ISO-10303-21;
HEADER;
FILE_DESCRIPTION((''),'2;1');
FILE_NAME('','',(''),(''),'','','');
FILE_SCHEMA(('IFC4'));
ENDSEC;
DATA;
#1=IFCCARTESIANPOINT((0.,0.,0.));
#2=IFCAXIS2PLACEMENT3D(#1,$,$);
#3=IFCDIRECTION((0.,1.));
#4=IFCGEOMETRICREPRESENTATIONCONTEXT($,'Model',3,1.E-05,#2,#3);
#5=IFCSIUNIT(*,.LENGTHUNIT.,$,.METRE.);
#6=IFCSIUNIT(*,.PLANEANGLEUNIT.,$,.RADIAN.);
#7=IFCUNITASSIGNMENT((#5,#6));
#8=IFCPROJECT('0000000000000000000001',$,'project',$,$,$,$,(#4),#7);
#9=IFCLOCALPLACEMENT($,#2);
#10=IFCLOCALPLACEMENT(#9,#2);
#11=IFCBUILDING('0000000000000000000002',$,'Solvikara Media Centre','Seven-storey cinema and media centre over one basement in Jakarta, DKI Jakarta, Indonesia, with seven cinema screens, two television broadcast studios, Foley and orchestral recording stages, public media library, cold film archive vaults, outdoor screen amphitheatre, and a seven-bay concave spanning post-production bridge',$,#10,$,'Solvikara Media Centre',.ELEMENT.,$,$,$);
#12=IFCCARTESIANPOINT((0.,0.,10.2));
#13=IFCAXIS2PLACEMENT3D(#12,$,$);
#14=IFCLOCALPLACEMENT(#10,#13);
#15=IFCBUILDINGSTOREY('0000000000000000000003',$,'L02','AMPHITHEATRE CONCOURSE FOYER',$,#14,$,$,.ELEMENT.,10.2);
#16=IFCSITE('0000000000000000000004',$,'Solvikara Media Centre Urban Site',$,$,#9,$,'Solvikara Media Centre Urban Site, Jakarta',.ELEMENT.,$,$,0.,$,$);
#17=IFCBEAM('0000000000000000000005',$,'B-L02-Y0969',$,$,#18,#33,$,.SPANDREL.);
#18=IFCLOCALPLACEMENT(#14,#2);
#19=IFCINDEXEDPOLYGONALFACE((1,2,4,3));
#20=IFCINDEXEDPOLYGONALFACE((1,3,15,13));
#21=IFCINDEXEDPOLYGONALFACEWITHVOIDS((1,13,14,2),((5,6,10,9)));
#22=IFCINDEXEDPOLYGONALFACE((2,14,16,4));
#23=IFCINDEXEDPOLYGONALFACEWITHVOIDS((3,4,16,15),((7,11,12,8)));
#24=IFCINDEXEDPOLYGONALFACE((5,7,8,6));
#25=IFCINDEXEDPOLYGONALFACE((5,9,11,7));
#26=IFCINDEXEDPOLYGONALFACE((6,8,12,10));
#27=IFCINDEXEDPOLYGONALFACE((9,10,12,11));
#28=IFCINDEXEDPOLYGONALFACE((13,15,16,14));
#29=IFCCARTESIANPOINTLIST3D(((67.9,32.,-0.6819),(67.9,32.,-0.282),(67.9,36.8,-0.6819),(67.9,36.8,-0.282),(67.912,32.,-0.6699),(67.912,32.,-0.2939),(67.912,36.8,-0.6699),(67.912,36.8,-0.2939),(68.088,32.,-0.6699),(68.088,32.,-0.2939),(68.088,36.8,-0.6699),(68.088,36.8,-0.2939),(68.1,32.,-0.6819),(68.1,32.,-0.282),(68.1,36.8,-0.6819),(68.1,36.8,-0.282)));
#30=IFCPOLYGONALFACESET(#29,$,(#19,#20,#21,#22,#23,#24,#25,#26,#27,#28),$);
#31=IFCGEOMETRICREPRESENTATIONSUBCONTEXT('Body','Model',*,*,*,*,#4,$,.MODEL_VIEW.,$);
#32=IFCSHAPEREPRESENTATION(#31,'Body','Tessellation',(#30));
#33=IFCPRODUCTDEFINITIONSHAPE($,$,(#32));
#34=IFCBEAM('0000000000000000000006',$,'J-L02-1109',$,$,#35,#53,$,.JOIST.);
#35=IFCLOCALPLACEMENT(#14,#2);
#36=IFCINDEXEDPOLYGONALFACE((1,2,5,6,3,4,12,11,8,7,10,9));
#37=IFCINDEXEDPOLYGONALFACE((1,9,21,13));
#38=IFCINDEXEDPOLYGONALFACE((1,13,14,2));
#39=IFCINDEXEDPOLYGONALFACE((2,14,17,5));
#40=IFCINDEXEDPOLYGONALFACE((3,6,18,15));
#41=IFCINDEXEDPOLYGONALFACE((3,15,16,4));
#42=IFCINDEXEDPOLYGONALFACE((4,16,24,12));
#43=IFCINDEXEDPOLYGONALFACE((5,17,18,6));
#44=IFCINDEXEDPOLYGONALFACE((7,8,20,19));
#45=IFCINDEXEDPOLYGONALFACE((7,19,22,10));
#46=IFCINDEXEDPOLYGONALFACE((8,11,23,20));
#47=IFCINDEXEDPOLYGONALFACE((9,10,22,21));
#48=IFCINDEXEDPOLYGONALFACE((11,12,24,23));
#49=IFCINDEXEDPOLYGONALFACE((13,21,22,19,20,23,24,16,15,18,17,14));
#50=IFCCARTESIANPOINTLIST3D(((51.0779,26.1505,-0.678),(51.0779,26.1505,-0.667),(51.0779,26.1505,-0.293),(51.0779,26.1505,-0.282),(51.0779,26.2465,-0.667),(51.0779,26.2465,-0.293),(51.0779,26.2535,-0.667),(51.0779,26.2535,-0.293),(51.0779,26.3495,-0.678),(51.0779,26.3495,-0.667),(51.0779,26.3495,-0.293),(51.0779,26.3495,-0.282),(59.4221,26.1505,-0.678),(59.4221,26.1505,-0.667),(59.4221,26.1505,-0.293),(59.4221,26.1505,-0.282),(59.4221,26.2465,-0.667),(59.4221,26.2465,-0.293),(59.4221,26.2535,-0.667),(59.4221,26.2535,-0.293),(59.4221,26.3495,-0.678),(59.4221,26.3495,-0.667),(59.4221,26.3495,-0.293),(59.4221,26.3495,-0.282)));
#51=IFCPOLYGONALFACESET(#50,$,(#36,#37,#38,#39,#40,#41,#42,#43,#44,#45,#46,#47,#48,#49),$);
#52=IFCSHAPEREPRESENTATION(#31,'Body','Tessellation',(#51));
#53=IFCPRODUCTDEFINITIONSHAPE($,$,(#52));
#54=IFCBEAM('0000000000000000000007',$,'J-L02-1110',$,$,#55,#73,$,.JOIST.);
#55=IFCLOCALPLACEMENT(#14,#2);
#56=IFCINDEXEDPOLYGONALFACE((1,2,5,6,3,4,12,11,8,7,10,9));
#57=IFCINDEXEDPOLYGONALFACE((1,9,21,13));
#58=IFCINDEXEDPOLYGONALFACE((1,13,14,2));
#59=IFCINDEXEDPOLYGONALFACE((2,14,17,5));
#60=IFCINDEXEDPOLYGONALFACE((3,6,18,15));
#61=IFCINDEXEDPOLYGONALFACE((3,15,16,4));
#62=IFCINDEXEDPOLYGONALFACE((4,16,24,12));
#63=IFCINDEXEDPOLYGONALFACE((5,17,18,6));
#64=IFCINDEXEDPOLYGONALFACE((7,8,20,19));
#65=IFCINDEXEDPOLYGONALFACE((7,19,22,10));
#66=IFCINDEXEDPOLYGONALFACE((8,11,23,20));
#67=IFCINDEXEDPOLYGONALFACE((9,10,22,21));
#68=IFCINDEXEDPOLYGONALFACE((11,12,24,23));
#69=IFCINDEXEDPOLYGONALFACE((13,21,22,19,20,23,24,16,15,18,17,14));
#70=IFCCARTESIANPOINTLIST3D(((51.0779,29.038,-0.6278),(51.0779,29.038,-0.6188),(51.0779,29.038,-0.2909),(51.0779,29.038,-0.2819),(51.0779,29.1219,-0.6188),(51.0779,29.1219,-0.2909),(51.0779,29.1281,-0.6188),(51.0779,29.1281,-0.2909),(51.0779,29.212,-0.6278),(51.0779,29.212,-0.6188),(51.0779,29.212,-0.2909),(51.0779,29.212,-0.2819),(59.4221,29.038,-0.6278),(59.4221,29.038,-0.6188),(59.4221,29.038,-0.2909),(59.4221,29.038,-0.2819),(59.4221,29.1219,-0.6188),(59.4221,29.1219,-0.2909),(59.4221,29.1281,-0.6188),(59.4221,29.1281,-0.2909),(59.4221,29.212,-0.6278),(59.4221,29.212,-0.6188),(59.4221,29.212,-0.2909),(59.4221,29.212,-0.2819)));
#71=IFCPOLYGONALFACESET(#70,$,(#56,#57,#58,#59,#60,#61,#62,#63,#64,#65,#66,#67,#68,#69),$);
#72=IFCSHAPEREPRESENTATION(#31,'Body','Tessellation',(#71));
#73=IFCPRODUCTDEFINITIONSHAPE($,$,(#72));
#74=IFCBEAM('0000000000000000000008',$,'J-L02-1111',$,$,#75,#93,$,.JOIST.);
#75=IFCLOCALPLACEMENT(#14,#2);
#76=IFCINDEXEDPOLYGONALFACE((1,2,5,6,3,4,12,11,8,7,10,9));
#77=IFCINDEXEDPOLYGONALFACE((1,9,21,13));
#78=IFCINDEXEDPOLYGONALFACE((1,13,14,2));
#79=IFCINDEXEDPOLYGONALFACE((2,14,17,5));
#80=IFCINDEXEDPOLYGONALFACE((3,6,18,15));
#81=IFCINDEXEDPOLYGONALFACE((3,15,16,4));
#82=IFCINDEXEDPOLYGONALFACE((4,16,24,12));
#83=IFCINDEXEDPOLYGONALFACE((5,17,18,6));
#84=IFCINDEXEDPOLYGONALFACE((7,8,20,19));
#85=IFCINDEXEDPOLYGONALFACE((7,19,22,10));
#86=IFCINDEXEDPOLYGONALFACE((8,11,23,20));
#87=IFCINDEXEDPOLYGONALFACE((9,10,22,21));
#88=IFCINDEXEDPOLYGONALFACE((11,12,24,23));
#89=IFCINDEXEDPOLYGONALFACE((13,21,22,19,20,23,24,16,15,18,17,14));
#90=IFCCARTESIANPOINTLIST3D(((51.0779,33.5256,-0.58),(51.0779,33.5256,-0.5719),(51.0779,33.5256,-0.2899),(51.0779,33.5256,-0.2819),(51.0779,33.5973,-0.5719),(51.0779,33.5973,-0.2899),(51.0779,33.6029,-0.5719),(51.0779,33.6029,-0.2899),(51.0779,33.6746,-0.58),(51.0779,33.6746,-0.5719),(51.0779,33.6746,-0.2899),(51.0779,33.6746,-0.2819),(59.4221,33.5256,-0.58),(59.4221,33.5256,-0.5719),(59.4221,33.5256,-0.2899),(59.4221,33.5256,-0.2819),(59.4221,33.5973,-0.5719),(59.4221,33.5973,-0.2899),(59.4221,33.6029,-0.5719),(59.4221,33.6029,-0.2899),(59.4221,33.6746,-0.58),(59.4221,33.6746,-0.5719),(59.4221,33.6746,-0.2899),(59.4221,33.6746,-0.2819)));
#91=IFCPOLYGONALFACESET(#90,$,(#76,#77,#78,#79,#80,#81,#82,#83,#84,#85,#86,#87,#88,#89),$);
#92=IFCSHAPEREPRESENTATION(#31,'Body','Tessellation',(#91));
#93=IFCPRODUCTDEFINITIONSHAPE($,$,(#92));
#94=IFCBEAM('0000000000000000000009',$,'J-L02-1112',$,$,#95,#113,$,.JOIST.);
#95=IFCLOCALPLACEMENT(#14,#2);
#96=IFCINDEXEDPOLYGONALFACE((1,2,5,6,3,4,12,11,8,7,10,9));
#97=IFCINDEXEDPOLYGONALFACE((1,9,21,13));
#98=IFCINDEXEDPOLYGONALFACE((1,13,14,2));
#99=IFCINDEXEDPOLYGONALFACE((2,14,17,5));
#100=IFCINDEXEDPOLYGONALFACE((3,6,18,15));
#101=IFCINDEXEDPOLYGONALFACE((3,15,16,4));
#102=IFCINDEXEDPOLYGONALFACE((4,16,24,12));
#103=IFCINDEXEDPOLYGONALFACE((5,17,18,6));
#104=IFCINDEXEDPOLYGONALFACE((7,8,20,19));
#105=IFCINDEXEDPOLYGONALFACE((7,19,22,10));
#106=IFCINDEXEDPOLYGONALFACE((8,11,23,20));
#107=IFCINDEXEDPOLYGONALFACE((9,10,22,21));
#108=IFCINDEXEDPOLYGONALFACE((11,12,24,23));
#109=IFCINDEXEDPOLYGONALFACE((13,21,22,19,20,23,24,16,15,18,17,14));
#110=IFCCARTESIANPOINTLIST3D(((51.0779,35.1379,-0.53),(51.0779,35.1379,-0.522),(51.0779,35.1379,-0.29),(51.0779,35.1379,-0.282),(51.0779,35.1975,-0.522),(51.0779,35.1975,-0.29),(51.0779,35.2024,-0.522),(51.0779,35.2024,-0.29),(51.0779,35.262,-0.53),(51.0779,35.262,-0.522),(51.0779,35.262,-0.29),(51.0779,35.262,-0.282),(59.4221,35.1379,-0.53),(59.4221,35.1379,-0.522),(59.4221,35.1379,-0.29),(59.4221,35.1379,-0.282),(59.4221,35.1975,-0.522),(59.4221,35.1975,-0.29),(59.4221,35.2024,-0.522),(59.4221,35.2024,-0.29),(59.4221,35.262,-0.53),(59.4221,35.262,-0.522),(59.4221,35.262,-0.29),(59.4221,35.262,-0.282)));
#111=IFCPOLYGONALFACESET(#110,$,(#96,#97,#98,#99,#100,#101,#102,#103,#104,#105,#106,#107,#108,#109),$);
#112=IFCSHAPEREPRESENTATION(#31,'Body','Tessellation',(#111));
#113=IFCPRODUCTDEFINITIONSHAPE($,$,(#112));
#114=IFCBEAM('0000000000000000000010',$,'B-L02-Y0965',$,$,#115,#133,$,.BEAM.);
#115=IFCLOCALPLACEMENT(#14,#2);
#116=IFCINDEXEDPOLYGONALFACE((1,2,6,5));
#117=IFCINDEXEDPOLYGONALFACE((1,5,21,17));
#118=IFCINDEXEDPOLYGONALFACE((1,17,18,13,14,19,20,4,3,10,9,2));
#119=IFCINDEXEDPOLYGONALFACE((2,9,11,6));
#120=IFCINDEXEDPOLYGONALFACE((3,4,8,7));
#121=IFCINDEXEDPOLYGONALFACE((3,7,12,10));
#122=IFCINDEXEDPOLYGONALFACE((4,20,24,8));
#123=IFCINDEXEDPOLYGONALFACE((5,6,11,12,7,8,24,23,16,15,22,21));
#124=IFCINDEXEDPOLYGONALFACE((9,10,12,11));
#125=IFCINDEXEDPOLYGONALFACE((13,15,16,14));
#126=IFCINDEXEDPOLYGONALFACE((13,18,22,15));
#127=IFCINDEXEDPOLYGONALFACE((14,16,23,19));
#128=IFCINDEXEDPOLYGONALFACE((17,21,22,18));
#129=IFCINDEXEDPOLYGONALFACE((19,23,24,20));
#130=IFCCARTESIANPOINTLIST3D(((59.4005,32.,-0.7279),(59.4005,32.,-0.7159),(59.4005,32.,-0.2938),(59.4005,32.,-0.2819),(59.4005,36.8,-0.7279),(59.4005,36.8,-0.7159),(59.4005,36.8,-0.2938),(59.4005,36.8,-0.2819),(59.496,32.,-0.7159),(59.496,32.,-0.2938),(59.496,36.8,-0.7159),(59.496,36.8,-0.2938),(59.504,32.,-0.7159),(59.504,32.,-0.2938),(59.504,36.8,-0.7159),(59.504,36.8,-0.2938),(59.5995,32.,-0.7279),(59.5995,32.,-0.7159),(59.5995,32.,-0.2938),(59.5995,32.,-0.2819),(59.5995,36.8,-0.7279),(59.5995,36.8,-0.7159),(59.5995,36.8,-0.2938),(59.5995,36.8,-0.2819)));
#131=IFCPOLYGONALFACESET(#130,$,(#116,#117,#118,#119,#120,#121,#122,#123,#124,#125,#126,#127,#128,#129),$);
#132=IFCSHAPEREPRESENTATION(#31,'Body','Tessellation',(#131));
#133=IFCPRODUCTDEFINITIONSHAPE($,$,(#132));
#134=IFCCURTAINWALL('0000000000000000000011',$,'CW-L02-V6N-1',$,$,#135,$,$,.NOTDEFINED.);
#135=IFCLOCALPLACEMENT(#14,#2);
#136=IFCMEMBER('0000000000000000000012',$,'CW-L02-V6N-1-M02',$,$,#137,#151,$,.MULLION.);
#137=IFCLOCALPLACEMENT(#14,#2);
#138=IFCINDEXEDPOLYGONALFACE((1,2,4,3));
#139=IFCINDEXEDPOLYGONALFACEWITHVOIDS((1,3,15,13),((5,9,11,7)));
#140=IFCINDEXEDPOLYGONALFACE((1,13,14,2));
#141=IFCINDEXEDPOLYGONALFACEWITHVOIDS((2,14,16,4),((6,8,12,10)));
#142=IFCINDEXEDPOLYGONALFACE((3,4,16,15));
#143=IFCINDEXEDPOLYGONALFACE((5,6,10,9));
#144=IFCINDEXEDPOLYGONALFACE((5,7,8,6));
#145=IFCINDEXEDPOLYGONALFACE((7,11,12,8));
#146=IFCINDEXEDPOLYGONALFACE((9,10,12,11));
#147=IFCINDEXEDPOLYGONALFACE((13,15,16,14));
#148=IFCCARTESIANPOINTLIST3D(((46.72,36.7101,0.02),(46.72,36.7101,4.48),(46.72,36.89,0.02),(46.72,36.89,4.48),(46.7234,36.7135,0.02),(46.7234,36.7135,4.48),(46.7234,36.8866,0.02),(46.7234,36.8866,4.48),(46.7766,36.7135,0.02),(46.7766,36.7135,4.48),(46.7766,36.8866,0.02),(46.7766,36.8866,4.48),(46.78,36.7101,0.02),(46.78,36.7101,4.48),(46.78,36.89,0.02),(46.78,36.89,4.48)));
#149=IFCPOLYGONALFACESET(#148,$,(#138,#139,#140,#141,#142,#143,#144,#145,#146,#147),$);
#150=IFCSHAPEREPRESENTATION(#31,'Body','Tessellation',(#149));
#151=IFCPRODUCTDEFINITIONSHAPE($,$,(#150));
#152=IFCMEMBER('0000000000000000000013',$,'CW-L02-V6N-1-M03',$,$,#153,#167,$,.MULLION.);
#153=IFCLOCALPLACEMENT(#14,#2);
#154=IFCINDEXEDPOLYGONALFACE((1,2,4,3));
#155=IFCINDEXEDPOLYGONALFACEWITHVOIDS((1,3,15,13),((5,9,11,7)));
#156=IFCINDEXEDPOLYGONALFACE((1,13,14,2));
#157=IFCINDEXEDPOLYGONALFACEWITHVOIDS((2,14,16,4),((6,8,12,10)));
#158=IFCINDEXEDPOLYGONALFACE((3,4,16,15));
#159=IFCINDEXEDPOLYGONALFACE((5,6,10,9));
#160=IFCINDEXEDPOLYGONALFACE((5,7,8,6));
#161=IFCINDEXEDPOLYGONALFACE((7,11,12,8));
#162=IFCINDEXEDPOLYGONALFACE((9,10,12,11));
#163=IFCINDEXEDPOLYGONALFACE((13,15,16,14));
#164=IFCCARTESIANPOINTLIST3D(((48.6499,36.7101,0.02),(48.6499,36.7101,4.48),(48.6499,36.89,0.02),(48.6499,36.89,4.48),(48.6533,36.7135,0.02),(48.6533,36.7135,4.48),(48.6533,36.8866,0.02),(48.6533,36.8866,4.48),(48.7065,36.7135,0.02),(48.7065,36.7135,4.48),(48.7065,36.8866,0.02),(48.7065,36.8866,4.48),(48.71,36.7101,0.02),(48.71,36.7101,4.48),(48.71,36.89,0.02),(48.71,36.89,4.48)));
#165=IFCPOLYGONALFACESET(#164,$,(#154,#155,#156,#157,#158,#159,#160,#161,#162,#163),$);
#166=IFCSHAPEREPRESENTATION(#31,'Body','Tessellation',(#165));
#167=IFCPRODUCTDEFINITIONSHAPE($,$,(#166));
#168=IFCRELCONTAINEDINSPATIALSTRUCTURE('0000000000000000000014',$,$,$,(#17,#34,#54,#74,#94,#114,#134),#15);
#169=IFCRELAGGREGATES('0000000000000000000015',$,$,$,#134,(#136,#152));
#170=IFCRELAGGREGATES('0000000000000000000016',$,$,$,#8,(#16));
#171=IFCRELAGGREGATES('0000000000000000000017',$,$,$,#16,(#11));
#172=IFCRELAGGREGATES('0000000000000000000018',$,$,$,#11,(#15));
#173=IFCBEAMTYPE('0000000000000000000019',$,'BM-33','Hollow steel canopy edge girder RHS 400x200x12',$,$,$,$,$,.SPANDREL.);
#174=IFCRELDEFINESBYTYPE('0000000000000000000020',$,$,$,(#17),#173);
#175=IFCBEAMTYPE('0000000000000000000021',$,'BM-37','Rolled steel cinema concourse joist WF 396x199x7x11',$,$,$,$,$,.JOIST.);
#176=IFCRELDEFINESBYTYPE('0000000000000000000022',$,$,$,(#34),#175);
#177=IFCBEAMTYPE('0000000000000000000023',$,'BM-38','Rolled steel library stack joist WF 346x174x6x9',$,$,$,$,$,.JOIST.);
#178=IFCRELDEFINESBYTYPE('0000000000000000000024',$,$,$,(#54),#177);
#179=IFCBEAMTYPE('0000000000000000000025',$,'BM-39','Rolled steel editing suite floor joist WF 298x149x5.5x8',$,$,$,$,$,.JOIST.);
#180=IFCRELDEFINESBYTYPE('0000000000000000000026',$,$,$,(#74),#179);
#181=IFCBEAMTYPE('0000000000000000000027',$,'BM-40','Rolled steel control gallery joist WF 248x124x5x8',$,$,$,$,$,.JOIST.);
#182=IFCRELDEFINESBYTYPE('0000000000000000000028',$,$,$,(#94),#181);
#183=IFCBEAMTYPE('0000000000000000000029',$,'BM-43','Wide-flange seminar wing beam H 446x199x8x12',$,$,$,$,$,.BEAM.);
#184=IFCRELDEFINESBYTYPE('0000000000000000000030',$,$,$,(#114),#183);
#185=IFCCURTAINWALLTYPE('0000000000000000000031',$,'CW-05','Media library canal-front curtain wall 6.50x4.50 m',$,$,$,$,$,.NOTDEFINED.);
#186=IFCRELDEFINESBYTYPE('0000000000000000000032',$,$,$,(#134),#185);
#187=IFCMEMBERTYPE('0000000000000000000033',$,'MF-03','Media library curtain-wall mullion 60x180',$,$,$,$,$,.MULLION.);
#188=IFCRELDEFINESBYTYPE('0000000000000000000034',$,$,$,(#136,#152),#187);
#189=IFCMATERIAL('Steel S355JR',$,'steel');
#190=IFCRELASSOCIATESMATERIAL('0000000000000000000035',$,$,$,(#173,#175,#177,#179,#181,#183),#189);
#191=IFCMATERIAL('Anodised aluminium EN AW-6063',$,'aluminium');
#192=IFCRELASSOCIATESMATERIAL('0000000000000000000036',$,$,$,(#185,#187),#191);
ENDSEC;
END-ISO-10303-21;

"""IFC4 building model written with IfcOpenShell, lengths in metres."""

from ifc_helpers import new_model, si_unit, direction, frame, origin, origin_2d, place, context, subcontext, project, spatial, hollow_rectangle, i_section, extrude, material, material_profile, profile_set, type_object, element, aggregate, save


model = new_model("IFC4")

# Units and contexts
model_context = context("Model", 3, precision=1e-05, world=origin(), true_north=direction((0.0, 1.0)))
body_context = subcontext(model_context, "Body", "Model", "MODEL_VIEW")
ifc_project = project(units=[si_unit("LENGTHUNIT", "METRE"), si_unit("PLANEANGLEUNIT", "RADIAN")], contexts=[model_context])

# Site, building, storey
site_placement = place(None, origin())
site = spatial("IfcSite", under=ifc_project, at=site_placement, Name="Solvikara Media Centre Urban Site", LongName="Solvikara Media Centre Urban Site, Jakarta", CompositionType="ELEMENT", RefElevation=0.0)
building_placement = place(site_placement, origin())
building = spatial("IfcBuilding", under=site, at=building_placement, Name="Solvikara Media Centre", Description="Seven-storey cinema and media centre over one basement in Jakarta, DKI Jakarta, Indonesia, with seven cinema screens, two television broadcast studios, Foley and orchestral recording stages, public media library, cold film archive vaults, outdoor screen amphitheatre, and a seven-bay concave spanning post-production bridge", LongName="Solvikara Media Centre", CompositionType="ELEMENT")
storey_placement = place(building_placement, frame((0.0, 0.0, 10.2)))
storey = spatial("IfcBuildingStorey", under=building, at=storey_placement, Name="L02", Description="AMPHITHEATRE CONCOURSE FOYER", CompositionType="ELEMENT", Elevation=10.2)

# Beams
ifc_material_1 = material(Name="Steel S355JR", Category="steel")
ifc_material_profile_1 = material_profile(ifc_material_1, hollow_rectangle(XDim=0.2, YDim=0.3999, WallThickness=0.012, at=origin_2d()), Name="RHS 400x200x12")
ifc_profile_set_1 = profile_set([ifc_material_profile_1], Name="Steel S355JR")
beam_type_1 = type_object("IfcBeamType", Name="BM-33", Description="Hollow steel canopy edge girder RHS 400x200x12", PredefinedType="SPANDREL", material=ifc_profile_set_1)
beam_1_placement = place(storey_placement, frame((68.0, 32.0, -0.4819), z_axis=(0.0, 1.0, 0.0), x_axis=(-1.0, 0.0, 0.0)))
element("IfcBeam", 1, at=beam_1_placement, inside=storey, type_object=beam_type_1, Name="B-L02-Y0969", PredefinedType="SPANDREL", context=body_context, shape_type="SweptSolid", body=[
    extrude(hollow_rectangle(XDim=0.2, YDim=0.3999, WallThickness=0.012, at=origin_2d()), origin(), (0.0, 0.0, 1.0), 4.8),
])
ifc_material_profile_2 = material_profile(ifc_material_1, i_section(OverallWidth=0.199, OverallDepth=0.396, WebThickness=0.0071, FlangeThickness=0.011, at=origin_2d()), Name="WF 396x199x7x11")
ifc_profile_set_2 = profile_set([ifc_material_profile_2], Name="Steel S355JR")
beam_type_2 = type_object("IfcBeamType", Name="BM-37", Description="Rolled steel cinema concourse joist WF 396x199x7x11", PredefinedType="JOIST", material=ifc_profile_set_2)
beam_2_placement = place(storey_placement, frame((51.0779, 26.25, -0.48), z_axis=(1.0, 0.0, 0.0), x_axis=(0.0, 1.0, 0.0)))
element("IfcBeam", 2, at=beam_2_placement, inside=storey, type_object=beam_type_2, Name="J-L02-1109", PredefinedType="JOIST", context=body_context, shape_type="SweptSolid", body=[
    extrude(i_section(OverallWidth=0.199, OverallDepth=0.396, WebThickness=0.0071, FlangeThickness=0.011, at=origin_2d()), origin(), (0.0, 0.0, 1.0), 8.3442),
])
ifc_material_profile_3 = material_profile(ifc_material_1, i_section(OverallWidth=0.1741, OverallDepth=0.3459, WebThickness=0.0061, FlangeThickness=0.009, at=origin_2d()), Name="WF 346x174x6x9")
ifc_profile_set_3 = profile_set([ifc_material_profile_3], Name="Steel S355JR")
beam_type_3 = type_object("IfcBeamType", Name="BM-38", Description="Rolled steel library stack joist WF 346x174x6x9", PredefinedType="JOIST", material=ifc_profile_set_3)
beam_3_placement = place(storey_placement, frame((51.0779, 29.125, -0.4548), z_axis=(1.0, 0.0, 0.0), x_axis=(0.0, 1.0, 0.0)))
element("IfcBeam", 3, at=beam_3_placement, inside=storey, type_object=beam_type_3, Name="J-L02-1110", PredefinedType="JOIST", context=body_context, shape_type="SweptSolid", body=[
    extrude(i_section(OverallWidth=0.1741, OverallDepth=0.3459, WebThickness=0.0061, FlangeThickness=0.009, at=origin_2d()), origin(), (0.0, 0.0, 1.0), 8.3442),
])
ifc_material_profile_4 = material_profile(ifc_material_1, i_section(OverallWidth=0.1489, OverallDepth=0.2981, WebThickness=0.0056, FlangeThickness=0.0081, at=origin_2d()), Name="WF 298x149x5.5x8")
ifc_profile_set_4 = profile_set([ifc_material_profile_4], Name="Steel S355JR")
beam_type_4 = type_object("IfcBeamType", Name="BM-39", Description="Rolled steel editing suite floor joist WF 298x149x5.5x8", PredefinedType="JOIST", material=ifc_profile_set_4)
beam_4_placement = place(storey_placement, frame((51.0779, 33.6001, -0.4309), z_axis=(1.0, 0.0, 0.0), x_axis=(0.0, 1.0, 0.0)))
element("IfcBeam", 4, at=beam_4_placement, inside=storey, type_object=beam_type_4, Name="J-L02-1111", PredefinedType="JOIST", context=body_context, shape_type="SweptSolid", body=[
    extrude(i_section(OverallWidth=0.1489, OverallDepth=0.2981, WebThickness=0.0056, FlangeThickness=0.0081, at=origin_2d()), origin(), (0.0, 0.0, 1.0), 8.3442),
])
ifc_material_profile_5 = material_profile(ifc_material_1, i_section(OverallWidth=0.124, OverallDepth=0.248, WebThickness=0.0049, FlangeThickness=0.0081, at=origin_2d()), Name="WF 248x124x5x8")
ifc_profile_set_5 = profile_set([ifc_material_profile_5], Name="Steel S355JR")
beam_type_5 = type_object("IfcBeamType", Name="BM-40", Description="Rolled steel control gallery joist WF 248x124x5x8", PredefinedType="JOIST", material=ifc_profile_set_5)
beam_5_placement = place(storey_placement, frame((51.0779, 35.2, -0.406), z_axis=(1.0, 0.0, 0.0), x_axis=(0.0, 1.0, 0.0)))
element("IfcBeam", 5, at=beam_5_placement, inside=storey, type_object=beam_type_5, Name="J-L02-1112", PredefinedType="JOIST", context=body_context, shape_type="SweptSolid", body=[
    extrude(i_section(OverallWidth=0.124, OverallDepth=0.248, WebThickness=0.0049, FlangeThickness=0.0081, at=origin_2d()), origin(), (0.0, 0.0, 1.0), 8.3442),
])
ifc_material_profile_6 = material_profile(ifc_material_1, i_section(OverallWidth=0.199, OverallDepth=0.446, WebThickness=0.0081, FlangeThickness=0.012, at=origin_2d()), Name="H 446x199x8x12")
ifc_profile_set_6 = profile_set([ifc_material_profile_6], Name="Steel S355JR")
beam_type_6 = type_object("IfcBeamType", Name="BM-43", Description="Wide-flange seminar wing beam H 446x199x8x12", PredefinedType="BEAM", material=ifc_profile_set_6)
beam_6_placement = place(storey_placement, frame((59.5, 32.0, -0.5049), z_axis=(0.0, 1.0, 0.0), x_axis=(-1.0, 0.0, 0.0)))
element("IfcBeam", 6, at=beam_6_placement, inside=storey, type_object=beam_type_6, Name="B-L02-Y0965", PredefinedType="BEAM", context=body_context, shape_type="SweptSolid", body=[
    extrude(i_section(OverallWidth=0.199, OverallDepth=0.446, WebThickness=0.0081, FlangeThickness=0.012, at=origin_2d()), origin(), (0.0, 0.0, 1.0), 4.8),
])

# Curtain wall, members
ifc_material_2 = material(Name="Anodised aluminium EN AW-6063", Category="aluminium")
curtain_wall_type = type_object("IfcCurtainWallType", Name="CW-05", Description="Media library canal-front curtain wall 6.50x4.50 m", PredefinedType="NOTDEFINED", material=ifc_material_2)
curtain_wall_1_placement = place(storey_placement, origin())
curtain_wall_1 = element("IfcCurtainWall", 7, at=curtain_wall_1_placement, inside=storey, type_object=curtain_wall_type, Name="CW-L02-V6N-1", PredefinedType="NOTDEFINED")
ifc_material_profile_7 = material_profile(ifc_material_2, hollow_rectangle(XDim=0.0601, YDim=0.1799, WallThickness=0.0034, at=origin_2d()), Name="ALU-M 60x180x3.5")
ifc_profile_set_7 = profile_set([ifc_material_profile_7], Name="Anodised aluminium EN AW-6063")
member_type = type_object("IfcMemberType", Name="MF-03", Description="Media library curtain-wall mullion 60x180", PredefinedType="MULLION", material=ifc_profile_set_7)
member_1_placement = place(storey_placement, frame((46.75, 36.8, 0.02), z_axis=(0.0, 0.0, 1.0), x_axis=(1.0, 0.0, 0.0)))
member_1 = element("IfcMember", 8, at=member_1_placement, type_object=member_type, Name="CW-L02-V6N-1-M02", PredefinedType="MULLION", context=body_context, shape_type="SweptSolid", body=[
    extrude(hollow_rectangle(XDim=0.0601, YDim=0.1799, WallThickness=0.0034, at=origin_2d()), origin(), (0.0, 0.0, 1.0), 4.46),
])
member_2_placement = place(storey_placement, frame((48.6799, 36.8, 0.02), z_axis=(0.0, 0.0, 1.0), x_axis=(1.0, 0.0, 0.0)))
member_2 = element("IfcMember", 9, at=member_2_placement, type_object=member_type, Name="CW-L02-V6N-1-M03", PredefinedType="MULLION", context=body_context, shape_type="SweptSolid", body=[
    extrude(hollow_rectangle(XDim=0.0601, YDim=0.1799, WallThickness=0.0034, at=origin_2d()), origin(), (0.0, 0.0, 1.0), 4.46),
])

aggregate(curtain_wall_1, [member_1, member_2])

save(model, "model.ifc")
